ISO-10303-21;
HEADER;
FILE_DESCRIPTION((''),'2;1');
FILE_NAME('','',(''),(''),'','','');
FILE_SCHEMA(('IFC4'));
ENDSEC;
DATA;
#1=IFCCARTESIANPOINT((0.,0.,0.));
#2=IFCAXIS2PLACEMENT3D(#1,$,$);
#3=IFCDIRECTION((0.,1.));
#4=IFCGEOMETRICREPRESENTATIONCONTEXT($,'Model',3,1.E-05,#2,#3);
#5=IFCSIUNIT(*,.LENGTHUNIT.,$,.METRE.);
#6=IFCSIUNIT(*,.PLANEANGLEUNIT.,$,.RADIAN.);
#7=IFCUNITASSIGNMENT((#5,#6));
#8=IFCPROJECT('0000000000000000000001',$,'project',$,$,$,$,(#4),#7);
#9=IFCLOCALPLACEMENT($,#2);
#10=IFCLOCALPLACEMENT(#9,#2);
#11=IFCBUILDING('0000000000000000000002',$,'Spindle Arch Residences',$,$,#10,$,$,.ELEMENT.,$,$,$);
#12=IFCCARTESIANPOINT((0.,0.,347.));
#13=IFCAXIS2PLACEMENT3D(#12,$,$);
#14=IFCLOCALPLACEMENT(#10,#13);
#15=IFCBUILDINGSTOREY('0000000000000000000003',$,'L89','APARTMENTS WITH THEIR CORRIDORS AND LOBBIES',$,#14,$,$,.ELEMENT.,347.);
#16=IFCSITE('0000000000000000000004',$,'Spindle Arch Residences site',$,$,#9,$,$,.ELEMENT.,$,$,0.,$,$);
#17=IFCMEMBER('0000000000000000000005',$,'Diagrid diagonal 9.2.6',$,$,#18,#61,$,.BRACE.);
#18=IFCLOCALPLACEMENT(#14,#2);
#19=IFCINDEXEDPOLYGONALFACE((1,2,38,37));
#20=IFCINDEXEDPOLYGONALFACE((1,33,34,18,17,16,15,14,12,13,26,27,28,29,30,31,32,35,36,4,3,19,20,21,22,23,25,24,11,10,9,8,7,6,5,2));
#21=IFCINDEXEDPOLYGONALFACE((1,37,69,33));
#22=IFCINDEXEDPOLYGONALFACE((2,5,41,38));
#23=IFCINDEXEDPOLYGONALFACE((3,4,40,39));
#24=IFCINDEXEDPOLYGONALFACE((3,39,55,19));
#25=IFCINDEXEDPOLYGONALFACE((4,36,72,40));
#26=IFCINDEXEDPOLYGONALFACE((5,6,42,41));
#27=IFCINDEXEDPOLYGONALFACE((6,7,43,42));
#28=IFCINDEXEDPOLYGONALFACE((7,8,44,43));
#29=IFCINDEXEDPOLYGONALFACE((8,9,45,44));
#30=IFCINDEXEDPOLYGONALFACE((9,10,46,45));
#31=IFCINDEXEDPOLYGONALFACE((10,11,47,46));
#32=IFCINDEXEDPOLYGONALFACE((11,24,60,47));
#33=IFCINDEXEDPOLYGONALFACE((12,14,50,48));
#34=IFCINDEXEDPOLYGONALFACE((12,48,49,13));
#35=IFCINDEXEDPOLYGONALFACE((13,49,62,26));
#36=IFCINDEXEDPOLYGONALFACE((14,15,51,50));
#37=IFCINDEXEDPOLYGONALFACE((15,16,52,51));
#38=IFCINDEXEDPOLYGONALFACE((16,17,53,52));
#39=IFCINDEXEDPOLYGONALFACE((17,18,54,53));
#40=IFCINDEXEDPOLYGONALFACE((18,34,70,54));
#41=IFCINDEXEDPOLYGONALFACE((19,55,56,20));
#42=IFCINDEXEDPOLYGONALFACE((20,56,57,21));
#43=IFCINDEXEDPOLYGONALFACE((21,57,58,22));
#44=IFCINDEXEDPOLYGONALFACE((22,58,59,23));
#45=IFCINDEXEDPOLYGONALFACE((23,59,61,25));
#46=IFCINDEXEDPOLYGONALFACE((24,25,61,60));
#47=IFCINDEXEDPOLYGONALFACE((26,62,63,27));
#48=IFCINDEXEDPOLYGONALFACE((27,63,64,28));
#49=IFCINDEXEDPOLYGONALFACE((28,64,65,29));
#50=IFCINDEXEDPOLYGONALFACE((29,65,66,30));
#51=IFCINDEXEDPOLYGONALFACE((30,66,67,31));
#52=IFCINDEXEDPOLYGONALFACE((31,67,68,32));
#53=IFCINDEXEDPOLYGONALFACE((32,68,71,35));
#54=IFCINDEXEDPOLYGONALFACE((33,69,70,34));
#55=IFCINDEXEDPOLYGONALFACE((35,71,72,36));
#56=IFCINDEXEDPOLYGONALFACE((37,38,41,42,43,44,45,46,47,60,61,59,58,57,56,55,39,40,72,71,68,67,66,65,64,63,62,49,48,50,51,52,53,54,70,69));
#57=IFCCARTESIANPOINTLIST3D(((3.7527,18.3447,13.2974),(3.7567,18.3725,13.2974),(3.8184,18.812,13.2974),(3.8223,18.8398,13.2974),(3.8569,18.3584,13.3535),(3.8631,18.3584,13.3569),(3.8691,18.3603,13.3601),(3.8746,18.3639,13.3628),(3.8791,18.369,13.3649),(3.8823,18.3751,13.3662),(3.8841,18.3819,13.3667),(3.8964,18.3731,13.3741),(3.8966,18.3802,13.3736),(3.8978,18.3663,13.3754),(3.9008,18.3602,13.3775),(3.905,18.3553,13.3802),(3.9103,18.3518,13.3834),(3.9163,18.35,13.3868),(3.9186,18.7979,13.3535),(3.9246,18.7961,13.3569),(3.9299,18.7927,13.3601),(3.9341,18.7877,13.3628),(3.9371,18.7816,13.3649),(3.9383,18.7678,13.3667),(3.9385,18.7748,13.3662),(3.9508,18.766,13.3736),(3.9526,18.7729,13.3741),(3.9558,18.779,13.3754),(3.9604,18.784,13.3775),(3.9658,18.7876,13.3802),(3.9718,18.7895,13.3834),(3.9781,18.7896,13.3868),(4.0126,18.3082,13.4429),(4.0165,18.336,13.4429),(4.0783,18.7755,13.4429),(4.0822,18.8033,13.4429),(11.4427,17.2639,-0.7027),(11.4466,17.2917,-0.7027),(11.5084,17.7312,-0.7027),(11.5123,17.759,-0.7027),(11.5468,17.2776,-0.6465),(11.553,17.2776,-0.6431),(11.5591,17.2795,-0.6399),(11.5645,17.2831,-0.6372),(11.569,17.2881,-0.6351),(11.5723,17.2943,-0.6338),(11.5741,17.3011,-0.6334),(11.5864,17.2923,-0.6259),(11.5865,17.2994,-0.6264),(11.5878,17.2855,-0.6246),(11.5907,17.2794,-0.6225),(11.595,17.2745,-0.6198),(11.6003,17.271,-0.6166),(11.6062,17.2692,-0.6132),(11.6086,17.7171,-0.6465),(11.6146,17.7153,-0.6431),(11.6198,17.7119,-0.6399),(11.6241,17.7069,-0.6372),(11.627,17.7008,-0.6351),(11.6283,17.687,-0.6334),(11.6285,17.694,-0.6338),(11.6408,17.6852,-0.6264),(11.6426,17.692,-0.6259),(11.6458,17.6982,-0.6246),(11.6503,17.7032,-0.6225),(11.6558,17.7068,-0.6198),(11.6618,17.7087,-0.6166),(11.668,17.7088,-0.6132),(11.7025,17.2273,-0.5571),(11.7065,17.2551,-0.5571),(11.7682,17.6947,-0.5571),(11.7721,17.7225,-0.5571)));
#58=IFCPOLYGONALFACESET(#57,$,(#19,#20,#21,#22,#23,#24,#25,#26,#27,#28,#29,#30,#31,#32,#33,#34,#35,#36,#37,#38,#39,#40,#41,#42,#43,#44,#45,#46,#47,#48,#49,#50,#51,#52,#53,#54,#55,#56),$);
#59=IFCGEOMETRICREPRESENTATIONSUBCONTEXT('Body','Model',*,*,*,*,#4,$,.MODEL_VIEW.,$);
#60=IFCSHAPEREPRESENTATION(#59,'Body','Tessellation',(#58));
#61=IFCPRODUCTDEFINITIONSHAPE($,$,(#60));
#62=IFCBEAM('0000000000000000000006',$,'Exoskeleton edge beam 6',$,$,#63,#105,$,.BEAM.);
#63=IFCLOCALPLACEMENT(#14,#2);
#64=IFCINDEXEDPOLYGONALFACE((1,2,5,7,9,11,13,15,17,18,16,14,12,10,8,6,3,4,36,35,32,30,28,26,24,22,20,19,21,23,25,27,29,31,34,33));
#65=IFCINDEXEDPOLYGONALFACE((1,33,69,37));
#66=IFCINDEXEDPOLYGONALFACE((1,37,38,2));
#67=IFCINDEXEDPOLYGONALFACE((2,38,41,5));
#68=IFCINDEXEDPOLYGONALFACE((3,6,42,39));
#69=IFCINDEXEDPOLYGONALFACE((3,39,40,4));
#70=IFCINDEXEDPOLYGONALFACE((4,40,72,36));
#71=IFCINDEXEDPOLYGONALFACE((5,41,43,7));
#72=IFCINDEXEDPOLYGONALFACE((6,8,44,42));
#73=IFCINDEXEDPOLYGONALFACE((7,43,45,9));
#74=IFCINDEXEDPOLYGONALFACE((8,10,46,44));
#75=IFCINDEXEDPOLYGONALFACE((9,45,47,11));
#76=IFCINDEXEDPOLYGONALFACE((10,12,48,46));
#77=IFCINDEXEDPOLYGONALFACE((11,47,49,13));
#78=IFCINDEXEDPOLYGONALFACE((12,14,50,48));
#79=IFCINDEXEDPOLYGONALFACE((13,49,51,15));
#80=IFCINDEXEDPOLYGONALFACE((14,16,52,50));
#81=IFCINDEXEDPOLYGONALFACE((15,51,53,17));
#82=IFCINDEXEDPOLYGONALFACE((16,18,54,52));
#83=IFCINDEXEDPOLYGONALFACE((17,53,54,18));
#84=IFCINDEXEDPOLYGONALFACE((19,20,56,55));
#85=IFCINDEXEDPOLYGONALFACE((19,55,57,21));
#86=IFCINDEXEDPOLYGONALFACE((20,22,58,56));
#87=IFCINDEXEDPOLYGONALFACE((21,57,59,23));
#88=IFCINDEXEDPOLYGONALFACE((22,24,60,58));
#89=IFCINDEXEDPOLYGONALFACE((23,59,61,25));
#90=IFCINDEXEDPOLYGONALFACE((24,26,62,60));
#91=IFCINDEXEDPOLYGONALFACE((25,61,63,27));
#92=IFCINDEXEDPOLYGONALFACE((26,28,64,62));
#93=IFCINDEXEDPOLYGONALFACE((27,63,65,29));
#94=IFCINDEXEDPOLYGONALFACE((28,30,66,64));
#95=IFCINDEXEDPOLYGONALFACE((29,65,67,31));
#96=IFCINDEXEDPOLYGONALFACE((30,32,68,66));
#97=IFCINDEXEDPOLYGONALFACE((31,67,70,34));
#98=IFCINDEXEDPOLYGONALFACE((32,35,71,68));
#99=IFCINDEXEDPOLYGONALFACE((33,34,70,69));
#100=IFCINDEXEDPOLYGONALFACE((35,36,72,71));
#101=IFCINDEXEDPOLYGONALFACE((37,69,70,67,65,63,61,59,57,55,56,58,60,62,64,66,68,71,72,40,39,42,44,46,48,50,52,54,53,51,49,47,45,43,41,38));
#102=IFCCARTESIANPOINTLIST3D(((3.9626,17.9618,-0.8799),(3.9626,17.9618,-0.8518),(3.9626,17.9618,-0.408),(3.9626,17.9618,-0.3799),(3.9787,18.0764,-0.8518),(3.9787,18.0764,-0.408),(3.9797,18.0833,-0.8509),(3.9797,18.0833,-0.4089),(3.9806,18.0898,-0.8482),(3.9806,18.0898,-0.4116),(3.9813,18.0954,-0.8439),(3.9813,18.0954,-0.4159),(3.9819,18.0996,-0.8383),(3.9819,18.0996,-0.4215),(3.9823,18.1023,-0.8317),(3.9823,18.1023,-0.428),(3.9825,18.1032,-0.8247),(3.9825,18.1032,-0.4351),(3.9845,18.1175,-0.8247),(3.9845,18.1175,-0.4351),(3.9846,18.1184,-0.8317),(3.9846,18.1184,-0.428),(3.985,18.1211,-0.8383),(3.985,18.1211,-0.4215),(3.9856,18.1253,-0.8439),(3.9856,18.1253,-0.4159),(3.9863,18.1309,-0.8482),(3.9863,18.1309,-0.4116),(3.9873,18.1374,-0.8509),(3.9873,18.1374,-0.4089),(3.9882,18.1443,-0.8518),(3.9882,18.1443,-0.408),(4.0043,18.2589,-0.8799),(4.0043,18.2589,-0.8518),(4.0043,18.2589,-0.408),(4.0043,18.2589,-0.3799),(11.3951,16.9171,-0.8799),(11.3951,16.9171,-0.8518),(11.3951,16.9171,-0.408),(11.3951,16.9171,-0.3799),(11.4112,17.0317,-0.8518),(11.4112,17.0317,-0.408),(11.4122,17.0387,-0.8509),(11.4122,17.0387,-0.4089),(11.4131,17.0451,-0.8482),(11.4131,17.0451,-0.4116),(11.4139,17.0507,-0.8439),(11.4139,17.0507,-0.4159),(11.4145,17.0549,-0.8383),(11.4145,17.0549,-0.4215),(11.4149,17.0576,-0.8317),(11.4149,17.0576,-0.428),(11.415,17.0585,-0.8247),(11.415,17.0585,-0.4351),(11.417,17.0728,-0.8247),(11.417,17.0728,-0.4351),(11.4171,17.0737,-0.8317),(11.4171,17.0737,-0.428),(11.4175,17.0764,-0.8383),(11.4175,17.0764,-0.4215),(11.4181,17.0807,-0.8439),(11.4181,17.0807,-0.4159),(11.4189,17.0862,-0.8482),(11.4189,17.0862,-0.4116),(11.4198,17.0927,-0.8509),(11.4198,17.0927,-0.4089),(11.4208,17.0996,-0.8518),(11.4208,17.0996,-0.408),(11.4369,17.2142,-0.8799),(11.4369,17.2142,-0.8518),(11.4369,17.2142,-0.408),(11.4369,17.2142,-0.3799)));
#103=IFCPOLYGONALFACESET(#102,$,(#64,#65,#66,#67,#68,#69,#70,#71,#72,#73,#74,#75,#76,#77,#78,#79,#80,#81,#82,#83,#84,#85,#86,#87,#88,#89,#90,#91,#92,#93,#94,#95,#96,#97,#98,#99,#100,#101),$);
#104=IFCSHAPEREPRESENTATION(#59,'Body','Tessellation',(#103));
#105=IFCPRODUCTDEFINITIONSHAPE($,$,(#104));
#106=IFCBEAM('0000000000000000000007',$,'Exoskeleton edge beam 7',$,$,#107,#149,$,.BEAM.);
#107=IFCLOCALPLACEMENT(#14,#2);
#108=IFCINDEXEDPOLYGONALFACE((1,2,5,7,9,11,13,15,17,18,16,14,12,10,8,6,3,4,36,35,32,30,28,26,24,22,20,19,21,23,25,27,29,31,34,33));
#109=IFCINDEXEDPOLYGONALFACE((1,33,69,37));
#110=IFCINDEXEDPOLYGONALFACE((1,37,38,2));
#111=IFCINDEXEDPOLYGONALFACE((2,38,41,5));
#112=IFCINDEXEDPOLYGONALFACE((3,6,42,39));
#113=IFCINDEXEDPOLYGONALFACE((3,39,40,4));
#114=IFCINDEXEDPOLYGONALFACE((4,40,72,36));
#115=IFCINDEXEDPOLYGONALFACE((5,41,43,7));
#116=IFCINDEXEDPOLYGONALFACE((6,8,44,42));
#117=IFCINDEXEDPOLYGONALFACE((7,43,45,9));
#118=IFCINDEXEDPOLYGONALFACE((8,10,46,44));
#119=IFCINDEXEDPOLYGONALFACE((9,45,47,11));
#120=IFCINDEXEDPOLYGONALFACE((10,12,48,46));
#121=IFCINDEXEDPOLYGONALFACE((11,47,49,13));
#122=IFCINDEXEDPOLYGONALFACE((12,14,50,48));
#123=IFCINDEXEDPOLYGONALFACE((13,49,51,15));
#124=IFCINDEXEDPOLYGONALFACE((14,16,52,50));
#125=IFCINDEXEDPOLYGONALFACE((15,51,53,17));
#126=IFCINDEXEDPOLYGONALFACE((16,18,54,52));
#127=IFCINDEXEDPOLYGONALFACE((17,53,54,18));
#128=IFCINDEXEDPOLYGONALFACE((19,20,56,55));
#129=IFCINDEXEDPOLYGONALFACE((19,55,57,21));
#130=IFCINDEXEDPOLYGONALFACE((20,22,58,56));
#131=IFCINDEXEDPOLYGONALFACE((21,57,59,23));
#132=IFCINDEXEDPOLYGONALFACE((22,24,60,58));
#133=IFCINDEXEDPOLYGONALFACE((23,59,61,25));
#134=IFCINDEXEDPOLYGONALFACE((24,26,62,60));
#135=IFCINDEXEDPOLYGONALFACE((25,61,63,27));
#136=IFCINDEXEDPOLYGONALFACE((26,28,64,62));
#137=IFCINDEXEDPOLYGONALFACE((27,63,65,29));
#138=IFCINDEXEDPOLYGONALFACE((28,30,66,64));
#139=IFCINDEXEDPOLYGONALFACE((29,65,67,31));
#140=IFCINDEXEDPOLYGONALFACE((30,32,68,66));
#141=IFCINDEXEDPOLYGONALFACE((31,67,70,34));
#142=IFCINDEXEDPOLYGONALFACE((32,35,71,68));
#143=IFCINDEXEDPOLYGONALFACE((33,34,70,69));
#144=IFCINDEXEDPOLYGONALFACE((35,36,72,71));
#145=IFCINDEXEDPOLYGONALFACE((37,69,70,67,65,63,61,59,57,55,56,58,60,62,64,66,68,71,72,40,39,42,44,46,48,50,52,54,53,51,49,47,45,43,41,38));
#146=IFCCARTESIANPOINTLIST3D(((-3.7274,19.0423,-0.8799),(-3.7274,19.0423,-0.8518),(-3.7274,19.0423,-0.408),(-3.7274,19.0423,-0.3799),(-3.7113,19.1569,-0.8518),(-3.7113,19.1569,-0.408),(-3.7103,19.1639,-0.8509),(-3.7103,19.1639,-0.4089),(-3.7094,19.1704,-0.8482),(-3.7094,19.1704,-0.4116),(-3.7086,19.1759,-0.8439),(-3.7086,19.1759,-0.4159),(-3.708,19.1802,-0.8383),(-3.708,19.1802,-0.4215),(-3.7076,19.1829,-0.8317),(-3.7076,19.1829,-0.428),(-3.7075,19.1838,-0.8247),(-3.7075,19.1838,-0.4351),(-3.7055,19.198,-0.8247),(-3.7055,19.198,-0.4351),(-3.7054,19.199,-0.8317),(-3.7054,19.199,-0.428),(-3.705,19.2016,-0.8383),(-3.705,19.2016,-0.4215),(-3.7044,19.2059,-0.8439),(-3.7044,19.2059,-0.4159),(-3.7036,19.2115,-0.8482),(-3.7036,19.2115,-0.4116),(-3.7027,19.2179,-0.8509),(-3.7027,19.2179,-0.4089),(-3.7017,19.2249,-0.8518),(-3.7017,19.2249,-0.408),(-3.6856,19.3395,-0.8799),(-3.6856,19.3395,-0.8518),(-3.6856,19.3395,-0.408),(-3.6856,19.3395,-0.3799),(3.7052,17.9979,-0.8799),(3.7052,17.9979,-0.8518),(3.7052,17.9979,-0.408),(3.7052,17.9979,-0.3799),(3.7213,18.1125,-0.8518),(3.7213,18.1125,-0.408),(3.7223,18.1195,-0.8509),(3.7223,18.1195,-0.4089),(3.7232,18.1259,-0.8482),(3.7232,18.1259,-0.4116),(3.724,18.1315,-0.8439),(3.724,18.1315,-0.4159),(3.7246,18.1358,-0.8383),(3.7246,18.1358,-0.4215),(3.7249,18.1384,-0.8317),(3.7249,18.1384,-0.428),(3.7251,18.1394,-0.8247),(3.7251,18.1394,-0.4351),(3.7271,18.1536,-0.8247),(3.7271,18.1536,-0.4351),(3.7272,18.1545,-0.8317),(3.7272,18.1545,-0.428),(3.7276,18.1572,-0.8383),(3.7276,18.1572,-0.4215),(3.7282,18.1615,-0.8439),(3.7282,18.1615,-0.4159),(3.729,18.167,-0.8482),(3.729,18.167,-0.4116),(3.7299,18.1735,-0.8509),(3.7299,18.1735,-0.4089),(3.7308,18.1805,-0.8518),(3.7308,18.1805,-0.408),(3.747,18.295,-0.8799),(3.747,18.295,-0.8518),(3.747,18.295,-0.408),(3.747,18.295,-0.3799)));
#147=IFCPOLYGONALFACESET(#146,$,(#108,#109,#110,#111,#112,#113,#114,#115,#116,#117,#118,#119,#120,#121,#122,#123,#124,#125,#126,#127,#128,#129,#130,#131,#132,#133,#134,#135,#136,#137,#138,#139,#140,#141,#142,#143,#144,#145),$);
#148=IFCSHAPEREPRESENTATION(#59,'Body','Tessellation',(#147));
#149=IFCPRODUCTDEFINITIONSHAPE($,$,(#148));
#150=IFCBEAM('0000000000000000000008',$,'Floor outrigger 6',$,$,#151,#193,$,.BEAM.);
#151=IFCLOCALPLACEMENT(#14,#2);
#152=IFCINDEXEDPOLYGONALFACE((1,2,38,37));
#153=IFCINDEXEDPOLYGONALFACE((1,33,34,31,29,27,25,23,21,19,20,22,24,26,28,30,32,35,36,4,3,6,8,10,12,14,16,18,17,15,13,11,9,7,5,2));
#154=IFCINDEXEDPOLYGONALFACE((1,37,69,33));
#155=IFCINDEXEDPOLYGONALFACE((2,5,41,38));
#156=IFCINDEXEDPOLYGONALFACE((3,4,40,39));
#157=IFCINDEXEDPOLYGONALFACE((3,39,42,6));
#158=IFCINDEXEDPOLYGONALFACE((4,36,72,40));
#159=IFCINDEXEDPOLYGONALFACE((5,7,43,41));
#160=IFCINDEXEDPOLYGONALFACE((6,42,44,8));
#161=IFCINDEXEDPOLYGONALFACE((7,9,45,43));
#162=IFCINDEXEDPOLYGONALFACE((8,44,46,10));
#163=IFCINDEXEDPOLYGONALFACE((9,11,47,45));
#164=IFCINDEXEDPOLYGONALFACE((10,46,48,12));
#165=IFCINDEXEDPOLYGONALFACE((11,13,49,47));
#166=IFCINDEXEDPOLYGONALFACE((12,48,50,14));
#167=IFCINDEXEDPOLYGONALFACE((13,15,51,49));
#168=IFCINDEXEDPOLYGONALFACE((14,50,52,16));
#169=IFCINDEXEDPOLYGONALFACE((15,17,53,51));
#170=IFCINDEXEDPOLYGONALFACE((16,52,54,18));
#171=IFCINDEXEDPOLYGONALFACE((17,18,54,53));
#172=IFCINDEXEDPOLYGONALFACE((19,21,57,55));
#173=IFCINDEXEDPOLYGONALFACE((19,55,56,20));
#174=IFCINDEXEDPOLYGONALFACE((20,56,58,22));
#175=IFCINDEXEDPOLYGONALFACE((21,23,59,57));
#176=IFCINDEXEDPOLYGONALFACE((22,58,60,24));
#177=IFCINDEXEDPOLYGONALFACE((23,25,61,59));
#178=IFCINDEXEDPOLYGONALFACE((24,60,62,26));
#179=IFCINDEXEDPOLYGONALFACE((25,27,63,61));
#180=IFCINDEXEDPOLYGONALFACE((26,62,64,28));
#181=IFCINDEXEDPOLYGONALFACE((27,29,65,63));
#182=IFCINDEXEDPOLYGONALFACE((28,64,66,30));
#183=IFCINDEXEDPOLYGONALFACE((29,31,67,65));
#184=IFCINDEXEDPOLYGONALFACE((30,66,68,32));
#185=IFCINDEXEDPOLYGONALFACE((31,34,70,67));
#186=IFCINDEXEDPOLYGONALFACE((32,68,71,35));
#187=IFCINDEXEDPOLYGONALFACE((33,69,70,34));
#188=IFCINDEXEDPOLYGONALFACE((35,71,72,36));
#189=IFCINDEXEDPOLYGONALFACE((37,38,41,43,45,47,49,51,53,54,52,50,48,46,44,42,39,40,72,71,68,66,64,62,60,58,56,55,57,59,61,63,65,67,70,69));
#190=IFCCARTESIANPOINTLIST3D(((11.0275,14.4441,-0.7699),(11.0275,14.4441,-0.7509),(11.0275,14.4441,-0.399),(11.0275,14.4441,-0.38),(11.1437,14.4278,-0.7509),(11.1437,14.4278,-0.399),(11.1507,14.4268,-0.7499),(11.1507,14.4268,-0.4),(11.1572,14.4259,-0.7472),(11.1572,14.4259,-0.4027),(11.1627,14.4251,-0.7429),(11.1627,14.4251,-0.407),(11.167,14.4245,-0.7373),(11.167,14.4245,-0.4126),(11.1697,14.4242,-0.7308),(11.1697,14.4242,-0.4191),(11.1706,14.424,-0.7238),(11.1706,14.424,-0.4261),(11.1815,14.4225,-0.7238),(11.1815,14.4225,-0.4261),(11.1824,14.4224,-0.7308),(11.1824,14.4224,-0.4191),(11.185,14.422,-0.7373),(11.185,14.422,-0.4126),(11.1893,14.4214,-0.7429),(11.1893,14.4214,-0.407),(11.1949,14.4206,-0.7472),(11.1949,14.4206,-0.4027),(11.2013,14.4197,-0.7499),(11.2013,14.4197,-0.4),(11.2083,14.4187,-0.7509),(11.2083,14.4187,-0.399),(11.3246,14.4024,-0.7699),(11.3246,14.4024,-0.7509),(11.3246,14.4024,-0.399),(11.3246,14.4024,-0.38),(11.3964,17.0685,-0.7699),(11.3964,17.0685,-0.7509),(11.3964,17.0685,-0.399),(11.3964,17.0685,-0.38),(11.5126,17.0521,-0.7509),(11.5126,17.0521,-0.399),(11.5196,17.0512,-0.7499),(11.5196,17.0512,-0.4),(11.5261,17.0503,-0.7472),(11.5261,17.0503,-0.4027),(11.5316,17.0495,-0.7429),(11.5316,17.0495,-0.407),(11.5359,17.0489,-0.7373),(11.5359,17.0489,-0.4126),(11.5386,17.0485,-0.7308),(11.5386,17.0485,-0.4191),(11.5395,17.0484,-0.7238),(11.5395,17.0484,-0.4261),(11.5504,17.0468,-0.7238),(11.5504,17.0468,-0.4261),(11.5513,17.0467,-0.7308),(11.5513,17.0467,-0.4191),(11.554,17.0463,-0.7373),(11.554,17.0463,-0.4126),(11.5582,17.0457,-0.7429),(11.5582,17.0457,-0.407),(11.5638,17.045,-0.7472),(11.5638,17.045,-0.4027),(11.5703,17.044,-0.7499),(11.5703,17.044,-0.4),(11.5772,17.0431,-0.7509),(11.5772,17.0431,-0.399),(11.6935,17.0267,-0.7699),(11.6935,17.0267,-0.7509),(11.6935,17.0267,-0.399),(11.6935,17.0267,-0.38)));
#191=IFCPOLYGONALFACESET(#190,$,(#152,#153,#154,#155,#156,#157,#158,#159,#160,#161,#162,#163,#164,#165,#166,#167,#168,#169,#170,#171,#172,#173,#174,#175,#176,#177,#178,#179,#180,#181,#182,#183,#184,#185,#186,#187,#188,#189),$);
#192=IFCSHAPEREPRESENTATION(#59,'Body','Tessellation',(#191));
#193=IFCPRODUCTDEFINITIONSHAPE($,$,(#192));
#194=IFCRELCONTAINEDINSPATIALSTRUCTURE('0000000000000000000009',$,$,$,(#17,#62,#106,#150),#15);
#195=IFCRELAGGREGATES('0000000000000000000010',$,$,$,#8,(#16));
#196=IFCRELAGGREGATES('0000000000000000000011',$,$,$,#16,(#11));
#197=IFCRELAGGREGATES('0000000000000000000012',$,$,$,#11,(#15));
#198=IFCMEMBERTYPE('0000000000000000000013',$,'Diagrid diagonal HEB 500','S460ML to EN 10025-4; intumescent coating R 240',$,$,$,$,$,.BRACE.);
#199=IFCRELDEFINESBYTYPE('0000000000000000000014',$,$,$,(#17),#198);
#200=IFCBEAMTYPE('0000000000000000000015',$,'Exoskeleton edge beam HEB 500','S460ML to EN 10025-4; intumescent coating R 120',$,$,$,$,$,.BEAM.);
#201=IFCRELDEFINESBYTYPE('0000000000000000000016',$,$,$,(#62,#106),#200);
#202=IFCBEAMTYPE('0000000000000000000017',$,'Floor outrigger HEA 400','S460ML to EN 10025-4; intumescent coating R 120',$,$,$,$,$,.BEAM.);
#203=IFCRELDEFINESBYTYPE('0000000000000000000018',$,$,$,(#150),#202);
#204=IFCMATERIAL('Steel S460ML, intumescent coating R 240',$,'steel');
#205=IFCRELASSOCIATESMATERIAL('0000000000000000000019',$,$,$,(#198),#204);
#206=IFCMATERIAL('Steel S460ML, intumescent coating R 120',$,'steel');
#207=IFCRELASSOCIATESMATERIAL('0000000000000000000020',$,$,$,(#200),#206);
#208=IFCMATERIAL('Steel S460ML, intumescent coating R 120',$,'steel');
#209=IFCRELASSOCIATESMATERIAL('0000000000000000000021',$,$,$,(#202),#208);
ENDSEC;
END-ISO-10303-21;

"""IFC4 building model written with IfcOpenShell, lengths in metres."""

from ifc_helpers import new_model, si_unit, direction, frame, origin, origin_2d, place, context, subcontext, project, spatial, i_section, extrude, material, material_profile, profile_set, type_object, element, save


model = new_model("IFC4")

# Units and contexts
model_context = context("Model", 3, precision=1e-05, world=origin(), true_north=direction((0.0, 1.0)))
body_context = subcontext(model_context, "Body", "Model", "MODEL_VIEW")
ifc_project = project(units=[si_unit("LENGTHUNIT", "METRE"), si_unit("PLANEANGLEUNIT", "RADIAN")], contexts=[model_context])

# Site, building, storey
site_placement = place(None, origin())
site = spatial("IfcSite", under=ifc_project, at=site_placement, Name="Spindle Arch Residences site", CompositionType="ELEMENT", RefElevation=0.0)
building_placement = place(site_placement, origin())
building = spatial("IfcBuilding", under=site, at=building_placement, Name="Spindle Arch Residences", CompositionType="ELEMENT")
storey_placement = place(building_placement, frame((0.0, 0.0, 347.0)))
storey = spatial("IfcBuildingStorey", under=building, at=storey_placement, Name="L89", Description="APARTMENTS WITH THEIR CORRIDORS AND LOBBIES", CompositionType="ELEMENT", Elevation=347.0)

# Member
ifc_material_1 = material(Name="Steel S460ML, intumescent coating R 240", Category="steel")
ifc_material_profile_1 = material_profile(ifc_material_1, i_section(OverallWidth=0.3, OverallDepth=0.5, WebThickness=0.0144, FlangeThickness=0.0281, FilletRadius=0.0271, at=origin_2d()), Name="HEB 500")
ifc_profile_set_1 = profile_set([ifc_material_profile_1], Name="Steel S460ML, intumescent coating R 240")
member_type_1 = type_object("IfcMemberType", Name="Diagrid diagonal HEB 500", Description="S460ML to EN 10025-4; intumescent coating R 240", PredefinedType="BRACE", material=ifc_profile_set_1)
member_1_placement = place(storey_placement, frame((11.6074, 17.4932, -0.6299), z_axis=(-0.480337, 0.067511, 0.874482), x_axis=(0.865971, -0.121711, 0.485058)))
element("IfcMember", 1, at=member_1_placement, inside=storey, type_object=member_type_1, Name="Diagrid diagonal 9.2.6", PredefinedType="BRACE", context=body_context, shape_type="SweptSolid", body=[
    extrude(i_section(OverallWidth=0.3, OverallDepth=0.5, WebThickness=0.0144, FlangeThickness=0.0281, FilletRadius=0.0271, at=origin_2d()), origin(), (0.0, 0.0, 1.0), 16.0095),
])

# Beams
ifc_material_2 = material(Name="Steel S460ML, intumescent coating R 120", Category="steel")
ifc_material_profile_2 = material_profile(ifc_material_2, i_section(OverallWidth=0.3, OverallDepth=0.5, WebThickness=0.0144, FlangeThickness=0.0281, FilletRadius=0.0271, at=origin_2d()), Name="HEB 500")
ifc_profile_set_2 = profile_set([ifc_material_profile_2], Name="Steel S460ML, intumescent coating R 120")
beam_type_1 = type_object("IfcBeamType", Name="Exoskeleton edge beam HEB 500", Description="S460ML to EN 10025-4; intumescent coating R 120", PredefinedType="BEAM", material=ifc_profile_set_2)
for number, where, z_axis, x_axis, name in (
    (2, (11.416, 17.0657, -0.6299), (-0.990266, 0.139185, 0.0), (-0.139185, -0.990266, 0.0), "Exoskeleton edge beam 6"),
    (3, (3.7261, 18.1465, -0.6299), (-0.990271, 0.139153, 0.0), (-0.139153, -0.990271, 0.0), "Exoskeleton edge beam 7"),
):
    element("IfcBeam", number, at=place(storey_placement, frame(where, z_axis=z_axis, x_axis=x_axis)), inside=storey, type_object=beam_type_1, Name=name, PredefinedType="BEAM", context=body_context, shape_type="SweptSolid", body=[
        extrude(i_section(OverallWidth=0.3, OverallDepth=0.5, WebThickness=0.0144, FlangeThickness=0.0281, FilletRadius=0.0271, at=origin_2d()), origin(), (0.0, 0.0, 1.0), 7.5056),
    ])
ifc_material_3 = material(Name="Steel S460ML, intumescent coating R 120", Category="steel")
ifc_material_profile_3 = material_profile(ifc_material_3, i_section(OverallWidth=0.3, OverallDepth=0.3899, WebThickness=0.011, FlangeThickness=0.019, FilletRadius=0.0271, at=origin_2d()), Name="HEA 400")
ifc_profile_set_3 = profile_set([ifc_material_profile_3], Name="Steel S460ML, intumescent coating R 120")
beam_type_2 = type_object("IfcBeamType", Name="Floor outrigger HEA 400", Description="S460ML to EN 10025-4; intumescent coating R 120", PredefinedType="BEAM", material=ifc_profile_set_3)
for number, where, z_axis, x_axis, name in (
    (4, (11.5449, 17.0476, -0.575), (-0.139203, -0.990264, 0.0), (0.990264, -0.139203, 0.0), "Floor outrigger 6"),
):
    element("IfcBeam", number, at=place(storey_placement, frame(where, z_axis=z_axis, x_axis=x_axis)), inside=storey, type_object=beam_type_2, Name=name, PredefinedType="BEAM", context=body_context, shape_type="SweptSolid", body=[
        extrude(i_section(OverallWidth=0.3, OverallDepth=0.3899, WebThickness=0.011, FlangeThickness=0.019, FilletRadius=0.0271, at=origin_2d()), origin(), (0.0, 0.0, 1.0), 2.6501),
    ])

save(model, "model.ifc")
